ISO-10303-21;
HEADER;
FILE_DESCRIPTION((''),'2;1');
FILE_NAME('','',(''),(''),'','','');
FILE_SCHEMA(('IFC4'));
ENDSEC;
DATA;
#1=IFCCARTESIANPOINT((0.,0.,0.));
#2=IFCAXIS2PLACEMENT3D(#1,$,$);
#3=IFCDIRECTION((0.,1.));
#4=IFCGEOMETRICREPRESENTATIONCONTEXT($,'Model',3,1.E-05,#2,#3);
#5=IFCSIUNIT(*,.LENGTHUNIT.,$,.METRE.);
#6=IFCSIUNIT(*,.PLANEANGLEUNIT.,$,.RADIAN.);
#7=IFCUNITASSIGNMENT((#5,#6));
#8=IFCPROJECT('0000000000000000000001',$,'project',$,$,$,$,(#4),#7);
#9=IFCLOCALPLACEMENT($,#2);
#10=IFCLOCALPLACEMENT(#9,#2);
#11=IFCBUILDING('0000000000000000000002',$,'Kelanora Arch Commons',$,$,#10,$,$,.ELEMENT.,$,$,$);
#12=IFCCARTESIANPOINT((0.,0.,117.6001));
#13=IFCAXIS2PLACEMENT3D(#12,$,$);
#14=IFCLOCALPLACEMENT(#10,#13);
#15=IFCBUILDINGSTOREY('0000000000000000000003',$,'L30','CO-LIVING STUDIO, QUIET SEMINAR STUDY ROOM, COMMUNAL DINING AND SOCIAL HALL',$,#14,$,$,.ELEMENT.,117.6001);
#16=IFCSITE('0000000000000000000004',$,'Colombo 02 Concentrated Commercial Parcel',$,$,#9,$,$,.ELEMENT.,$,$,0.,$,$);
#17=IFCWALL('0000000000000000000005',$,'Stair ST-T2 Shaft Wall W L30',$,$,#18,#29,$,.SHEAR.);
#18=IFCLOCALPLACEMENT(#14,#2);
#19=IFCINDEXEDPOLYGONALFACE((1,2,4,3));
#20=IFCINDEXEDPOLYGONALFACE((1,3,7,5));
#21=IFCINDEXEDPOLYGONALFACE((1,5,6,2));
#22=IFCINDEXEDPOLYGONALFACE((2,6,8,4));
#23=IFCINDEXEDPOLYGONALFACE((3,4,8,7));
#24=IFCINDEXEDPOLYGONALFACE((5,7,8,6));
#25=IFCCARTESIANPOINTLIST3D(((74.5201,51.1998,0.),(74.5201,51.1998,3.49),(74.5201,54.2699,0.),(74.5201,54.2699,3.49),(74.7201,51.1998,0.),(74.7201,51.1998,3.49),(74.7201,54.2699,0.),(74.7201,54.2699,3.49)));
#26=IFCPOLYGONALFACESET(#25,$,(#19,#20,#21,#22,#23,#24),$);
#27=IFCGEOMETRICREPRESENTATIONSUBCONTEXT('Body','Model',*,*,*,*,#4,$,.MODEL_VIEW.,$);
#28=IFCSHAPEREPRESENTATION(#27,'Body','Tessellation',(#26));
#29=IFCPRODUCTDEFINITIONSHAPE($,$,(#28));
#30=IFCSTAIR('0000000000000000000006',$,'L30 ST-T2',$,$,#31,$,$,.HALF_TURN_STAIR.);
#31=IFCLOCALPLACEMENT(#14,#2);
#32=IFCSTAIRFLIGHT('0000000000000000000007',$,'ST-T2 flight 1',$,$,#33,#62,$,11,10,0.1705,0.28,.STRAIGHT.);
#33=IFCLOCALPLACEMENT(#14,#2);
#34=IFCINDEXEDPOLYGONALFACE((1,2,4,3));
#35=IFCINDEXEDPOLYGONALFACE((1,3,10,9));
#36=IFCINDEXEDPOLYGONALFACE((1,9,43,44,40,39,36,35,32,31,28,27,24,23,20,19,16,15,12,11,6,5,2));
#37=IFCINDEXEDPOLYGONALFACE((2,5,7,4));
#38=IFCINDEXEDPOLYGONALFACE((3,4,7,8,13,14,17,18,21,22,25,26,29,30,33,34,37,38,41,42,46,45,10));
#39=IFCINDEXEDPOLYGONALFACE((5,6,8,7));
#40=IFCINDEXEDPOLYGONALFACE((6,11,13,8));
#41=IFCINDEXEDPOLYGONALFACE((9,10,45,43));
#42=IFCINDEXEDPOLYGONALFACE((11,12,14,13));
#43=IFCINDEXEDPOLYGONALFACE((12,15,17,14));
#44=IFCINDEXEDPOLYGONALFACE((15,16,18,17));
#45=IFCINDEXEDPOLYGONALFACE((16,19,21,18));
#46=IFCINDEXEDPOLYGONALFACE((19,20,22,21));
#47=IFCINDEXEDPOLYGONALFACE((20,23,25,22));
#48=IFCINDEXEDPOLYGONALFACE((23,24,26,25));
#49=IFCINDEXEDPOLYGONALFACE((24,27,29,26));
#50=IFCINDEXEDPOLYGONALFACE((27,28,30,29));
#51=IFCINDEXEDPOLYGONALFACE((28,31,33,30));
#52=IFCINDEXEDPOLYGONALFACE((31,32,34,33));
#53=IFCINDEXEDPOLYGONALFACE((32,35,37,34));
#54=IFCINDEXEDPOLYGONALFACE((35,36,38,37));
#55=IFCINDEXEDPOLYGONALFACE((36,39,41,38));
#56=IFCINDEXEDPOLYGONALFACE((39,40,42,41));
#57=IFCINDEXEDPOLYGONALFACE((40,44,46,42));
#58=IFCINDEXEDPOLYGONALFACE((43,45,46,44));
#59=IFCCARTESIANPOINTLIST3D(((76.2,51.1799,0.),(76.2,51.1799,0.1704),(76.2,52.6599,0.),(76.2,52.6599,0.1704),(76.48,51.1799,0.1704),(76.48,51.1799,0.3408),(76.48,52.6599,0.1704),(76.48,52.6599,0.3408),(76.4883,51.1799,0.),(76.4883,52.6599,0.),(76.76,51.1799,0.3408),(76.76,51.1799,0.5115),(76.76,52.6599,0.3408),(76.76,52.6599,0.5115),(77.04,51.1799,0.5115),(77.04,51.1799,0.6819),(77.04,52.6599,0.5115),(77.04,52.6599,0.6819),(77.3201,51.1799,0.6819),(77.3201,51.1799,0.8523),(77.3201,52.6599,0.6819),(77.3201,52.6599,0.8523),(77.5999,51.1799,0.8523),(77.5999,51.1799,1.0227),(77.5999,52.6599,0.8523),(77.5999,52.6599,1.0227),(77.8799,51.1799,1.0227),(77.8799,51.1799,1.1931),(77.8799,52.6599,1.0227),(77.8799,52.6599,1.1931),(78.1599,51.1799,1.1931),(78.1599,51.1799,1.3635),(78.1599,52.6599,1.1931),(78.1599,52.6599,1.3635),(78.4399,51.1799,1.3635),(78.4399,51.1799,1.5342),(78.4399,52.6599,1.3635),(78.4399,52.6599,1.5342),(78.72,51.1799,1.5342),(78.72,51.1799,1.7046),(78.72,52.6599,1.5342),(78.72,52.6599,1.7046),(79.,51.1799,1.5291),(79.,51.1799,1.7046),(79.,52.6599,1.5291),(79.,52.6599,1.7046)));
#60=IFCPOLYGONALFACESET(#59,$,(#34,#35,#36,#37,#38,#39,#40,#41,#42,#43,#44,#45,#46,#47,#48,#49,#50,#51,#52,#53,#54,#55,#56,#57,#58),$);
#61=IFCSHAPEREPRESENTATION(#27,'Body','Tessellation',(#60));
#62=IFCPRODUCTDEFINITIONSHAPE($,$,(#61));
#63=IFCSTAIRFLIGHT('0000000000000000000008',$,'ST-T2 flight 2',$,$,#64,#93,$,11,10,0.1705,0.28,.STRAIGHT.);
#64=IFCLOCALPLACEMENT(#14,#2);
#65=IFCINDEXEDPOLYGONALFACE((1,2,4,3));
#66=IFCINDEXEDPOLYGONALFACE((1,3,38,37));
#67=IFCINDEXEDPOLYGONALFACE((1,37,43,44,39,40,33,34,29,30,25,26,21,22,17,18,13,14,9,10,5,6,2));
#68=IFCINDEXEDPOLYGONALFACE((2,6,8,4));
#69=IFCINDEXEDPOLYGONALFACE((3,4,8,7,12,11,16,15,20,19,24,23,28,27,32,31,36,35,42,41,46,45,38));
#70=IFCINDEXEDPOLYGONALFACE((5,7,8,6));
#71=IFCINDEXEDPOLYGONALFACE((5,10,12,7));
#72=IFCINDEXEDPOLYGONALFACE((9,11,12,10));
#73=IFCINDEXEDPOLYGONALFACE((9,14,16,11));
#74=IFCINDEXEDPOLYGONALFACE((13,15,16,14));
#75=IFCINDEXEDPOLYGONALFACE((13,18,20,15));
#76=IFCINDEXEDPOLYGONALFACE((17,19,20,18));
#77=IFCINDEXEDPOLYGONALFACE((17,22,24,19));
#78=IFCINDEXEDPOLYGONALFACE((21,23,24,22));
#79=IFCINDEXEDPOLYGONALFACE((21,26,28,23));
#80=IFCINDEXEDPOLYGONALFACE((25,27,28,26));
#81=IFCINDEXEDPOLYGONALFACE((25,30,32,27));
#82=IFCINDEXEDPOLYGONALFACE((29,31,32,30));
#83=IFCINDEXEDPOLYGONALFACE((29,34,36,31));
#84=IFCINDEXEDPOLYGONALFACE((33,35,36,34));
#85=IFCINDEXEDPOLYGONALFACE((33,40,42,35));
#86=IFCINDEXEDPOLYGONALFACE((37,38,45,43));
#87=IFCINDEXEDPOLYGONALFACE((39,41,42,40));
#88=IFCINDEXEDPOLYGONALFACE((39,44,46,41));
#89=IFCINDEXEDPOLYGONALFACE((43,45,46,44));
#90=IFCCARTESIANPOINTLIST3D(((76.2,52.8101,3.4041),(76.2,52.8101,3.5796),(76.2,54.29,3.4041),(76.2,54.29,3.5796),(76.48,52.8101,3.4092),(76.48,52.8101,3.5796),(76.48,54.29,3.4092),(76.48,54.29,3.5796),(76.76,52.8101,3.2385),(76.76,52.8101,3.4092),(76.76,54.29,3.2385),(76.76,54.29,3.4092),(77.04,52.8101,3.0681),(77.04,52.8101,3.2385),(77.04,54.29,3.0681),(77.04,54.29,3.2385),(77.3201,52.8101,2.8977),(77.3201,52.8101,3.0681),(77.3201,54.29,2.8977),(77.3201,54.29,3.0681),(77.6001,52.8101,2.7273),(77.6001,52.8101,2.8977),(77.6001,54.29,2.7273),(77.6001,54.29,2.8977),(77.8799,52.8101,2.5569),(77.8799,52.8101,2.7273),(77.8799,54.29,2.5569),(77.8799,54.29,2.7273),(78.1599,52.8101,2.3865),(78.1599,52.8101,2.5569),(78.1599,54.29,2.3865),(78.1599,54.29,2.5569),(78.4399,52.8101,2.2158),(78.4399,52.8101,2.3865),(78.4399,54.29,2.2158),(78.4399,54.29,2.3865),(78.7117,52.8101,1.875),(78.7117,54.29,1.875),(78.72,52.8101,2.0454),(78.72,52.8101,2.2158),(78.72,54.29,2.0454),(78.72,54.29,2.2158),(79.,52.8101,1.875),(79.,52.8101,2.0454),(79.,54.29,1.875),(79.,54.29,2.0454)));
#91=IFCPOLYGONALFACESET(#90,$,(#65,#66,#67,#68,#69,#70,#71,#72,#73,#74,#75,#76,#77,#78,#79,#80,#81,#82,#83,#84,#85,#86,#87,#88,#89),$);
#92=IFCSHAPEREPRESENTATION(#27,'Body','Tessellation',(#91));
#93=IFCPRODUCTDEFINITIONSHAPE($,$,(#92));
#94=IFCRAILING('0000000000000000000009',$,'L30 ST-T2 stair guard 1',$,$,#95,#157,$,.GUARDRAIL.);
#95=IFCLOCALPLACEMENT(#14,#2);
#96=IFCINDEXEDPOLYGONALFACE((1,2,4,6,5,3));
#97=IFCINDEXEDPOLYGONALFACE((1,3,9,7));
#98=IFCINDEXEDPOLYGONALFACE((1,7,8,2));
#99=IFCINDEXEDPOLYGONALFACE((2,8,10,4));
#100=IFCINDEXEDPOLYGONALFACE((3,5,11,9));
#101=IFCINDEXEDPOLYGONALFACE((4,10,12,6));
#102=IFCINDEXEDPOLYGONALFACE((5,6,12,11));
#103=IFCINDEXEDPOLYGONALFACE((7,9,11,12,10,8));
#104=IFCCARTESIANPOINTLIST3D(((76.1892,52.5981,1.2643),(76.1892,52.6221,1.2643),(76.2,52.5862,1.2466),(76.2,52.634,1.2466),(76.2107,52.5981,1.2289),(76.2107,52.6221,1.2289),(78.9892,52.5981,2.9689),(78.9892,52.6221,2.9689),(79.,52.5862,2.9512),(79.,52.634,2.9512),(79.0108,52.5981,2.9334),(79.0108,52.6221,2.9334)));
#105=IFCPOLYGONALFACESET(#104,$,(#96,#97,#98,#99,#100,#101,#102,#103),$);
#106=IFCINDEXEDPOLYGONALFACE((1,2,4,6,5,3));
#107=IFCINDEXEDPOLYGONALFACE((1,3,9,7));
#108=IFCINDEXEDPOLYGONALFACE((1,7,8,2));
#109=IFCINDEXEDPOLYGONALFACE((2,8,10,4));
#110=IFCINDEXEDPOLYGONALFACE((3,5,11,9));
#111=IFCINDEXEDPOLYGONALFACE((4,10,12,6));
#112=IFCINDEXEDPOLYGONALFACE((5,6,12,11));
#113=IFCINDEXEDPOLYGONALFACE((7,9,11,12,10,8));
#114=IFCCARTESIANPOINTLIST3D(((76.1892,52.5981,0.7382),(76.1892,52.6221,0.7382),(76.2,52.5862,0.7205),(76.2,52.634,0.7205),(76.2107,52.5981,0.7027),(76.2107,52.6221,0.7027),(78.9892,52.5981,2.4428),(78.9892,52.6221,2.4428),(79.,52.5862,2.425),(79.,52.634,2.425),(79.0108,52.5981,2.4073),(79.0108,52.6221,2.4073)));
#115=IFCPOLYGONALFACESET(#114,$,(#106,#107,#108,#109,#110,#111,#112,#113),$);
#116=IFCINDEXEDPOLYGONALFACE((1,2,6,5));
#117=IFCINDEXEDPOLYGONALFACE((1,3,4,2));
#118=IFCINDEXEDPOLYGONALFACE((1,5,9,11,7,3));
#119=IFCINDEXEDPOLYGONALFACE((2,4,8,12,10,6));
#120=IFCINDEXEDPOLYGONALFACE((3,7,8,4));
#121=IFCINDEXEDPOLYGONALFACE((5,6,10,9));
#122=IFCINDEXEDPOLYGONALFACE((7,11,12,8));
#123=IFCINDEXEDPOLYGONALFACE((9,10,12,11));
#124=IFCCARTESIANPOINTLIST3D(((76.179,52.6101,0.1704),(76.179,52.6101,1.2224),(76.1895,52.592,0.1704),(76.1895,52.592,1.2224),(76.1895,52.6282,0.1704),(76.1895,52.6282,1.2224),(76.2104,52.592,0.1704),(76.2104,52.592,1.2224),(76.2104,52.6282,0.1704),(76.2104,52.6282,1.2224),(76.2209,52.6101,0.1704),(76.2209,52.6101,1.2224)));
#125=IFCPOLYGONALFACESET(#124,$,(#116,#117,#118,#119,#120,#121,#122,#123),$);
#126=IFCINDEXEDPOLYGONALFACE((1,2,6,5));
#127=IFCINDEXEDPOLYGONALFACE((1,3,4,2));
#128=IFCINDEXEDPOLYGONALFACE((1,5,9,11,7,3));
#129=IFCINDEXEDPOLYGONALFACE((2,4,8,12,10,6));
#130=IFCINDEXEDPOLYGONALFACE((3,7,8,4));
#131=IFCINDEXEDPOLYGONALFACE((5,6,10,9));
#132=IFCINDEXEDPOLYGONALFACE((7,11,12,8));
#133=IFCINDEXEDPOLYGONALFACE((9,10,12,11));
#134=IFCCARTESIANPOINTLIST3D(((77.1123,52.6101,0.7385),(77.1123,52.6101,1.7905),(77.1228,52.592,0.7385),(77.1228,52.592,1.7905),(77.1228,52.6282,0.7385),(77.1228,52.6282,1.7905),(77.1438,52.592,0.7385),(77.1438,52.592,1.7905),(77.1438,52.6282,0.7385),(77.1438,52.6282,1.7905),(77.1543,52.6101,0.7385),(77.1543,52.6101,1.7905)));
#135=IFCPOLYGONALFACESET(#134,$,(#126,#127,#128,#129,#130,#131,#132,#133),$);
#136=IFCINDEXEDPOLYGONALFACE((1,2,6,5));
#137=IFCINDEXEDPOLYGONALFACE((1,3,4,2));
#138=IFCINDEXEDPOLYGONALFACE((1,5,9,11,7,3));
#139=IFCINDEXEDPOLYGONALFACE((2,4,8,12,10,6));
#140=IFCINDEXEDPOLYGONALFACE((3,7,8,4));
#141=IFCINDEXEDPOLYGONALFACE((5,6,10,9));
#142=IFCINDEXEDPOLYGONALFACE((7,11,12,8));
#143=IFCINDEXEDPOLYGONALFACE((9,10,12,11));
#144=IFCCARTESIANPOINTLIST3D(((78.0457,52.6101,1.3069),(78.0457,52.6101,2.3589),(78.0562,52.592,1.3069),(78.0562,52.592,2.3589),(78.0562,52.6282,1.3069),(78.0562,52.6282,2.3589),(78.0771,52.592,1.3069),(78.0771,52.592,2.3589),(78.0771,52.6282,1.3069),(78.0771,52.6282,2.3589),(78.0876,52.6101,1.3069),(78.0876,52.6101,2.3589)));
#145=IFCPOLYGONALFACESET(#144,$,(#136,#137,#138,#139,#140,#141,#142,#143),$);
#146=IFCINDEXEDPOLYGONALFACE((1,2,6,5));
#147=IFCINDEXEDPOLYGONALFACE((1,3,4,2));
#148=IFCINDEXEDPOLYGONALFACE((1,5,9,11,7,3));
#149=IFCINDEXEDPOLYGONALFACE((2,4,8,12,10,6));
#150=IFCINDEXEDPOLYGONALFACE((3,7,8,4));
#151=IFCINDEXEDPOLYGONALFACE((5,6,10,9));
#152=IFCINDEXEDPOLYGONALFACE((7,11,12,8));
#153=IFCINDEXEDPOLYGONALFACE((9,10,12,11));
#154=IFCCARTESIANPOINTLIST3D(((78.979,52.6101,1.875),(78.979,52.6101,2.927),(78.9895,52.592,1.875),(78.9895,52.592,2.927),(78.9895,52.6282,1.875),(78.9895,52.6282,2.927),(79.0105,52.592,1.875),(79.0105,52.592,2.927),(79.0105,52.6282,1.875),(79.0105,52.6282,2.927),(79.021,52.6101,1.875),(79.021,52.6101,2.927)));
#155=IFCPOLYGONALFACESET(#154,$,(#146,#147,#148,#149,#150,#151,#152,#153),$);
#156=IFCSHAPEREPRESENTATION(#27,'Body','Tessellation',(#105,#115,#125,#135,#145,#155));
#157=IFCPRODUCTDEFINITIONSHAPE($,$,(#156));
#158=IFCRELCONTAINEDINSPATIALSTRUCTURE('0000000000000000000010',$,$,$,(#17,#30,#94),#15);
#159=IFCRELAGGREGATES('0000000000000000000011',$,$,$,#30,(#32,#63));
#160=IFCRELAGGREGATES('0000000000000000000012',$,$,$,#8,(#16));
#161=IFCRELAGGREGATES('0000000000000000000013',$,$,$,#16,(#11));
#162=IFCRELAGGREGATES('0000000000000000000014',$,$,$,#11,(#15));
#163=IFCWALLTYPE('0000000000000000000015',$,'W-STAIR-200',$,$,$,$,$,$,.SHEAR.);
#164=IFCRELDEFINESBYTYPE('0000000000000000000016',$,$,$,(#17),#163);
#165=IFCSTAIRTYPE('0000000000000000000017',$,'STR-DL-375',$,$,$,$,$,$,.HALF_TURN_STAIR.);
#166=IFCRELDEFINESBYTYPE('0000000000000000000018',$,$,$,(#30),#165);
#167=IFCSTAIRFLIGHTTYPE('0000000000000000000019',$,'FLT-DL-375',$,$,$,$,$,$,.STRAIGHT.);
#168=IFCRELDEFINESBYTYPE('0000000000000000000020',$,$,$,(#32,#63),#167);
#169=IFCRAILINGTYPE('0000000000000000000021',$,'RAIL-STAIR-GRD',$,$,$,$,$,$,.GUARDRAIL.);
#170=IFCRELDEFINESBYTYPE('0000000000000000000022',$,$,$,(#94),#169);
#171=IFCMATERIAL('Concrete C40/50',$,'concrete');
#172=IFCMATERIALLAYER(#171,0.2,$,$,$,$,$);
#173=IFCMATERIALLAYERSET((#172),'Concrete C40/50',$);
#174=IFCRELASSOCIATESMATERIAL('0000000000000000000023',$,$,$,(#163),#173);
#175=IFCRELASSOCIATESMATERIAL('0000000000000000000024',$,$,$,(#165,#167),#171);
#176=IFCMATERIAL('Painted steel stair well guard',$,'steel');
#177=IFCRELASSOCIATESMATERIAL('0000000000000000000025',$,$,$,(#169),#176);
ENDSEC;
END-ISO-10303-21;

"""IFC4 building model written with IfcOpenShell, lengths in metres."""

from ifc_helpers import new_model, si_unit, direction, frame, frame_2d, origin, place, context, subcontext, project, spatial, polyline, rectangle, outline, extrude, material, layer, layer_set, type_object, element, aggregate, save


model = new_model("IFC4")

# Units and contexts
model_context = context("Model", 3, precision=1e-05, world=origin(), true_north=direction((0.0, 1.0)))
body_context = subcontext(model_context, "Body", "Model", "MODEL_VIEW")
ifc_project = project(units=[si_unit("LENGTHUNIT", "METRE"), si_unit("PLANEANGLEUNIT", "RADIAN")], contexts=[model_context])

# Site, building, storey
site_placement = place(None, origin())
site = spatial("IfcSite", under=ifc_project, at=site_placement, Name="Colombo 02 Concentrated Commercial Parcel", CompositionType="ELEMENT", RefElevation=0.0)
building_placement = place(site_placement, origin())
building = spatial("IfcBuilding", under=site, at=building_placement, Name="Kelanora Arch Commons", CompositionType="ELEMENT")
storey_placement = place(building_placement, frame((0.0, 0.0, 117.6001)))
storey = spatial("IfcBuildingStorey", under=building, at=storey_placement, Name="L30", Description="CO-LIVING STUDIO, QUIET SEMINAR STUDY ROOM, COMMUNAL DINING AND SOCIAL HALL", CompositionType="ELEMENT", Elevation=117.6001)

# Shared definitions
ifc_material_1 = material(Name="Concrete C40/50", Category="concrete")
ifc_layer_1 = layer(ifc_material_1, 0.2)
ifc_layer_set_1 = layer_set([ifc_layer_1], Name="Concrete C40/50")
wall_type_1 = type_object("IfcWallType", Name="W-STAIR-200", PredefinedType="SHEAR", material=ifc_layer_set_1)

# Wall
wall_1_placement = place(storey_placement, frame((74.6201, 54.27, 0.0), z_axis=(0.0, 0.0, 1.0), x_axis=(0.0, -1.0, 0.0)))
element("IfcWall", 1, at=wall_1_placement, inside=storey, type_object=wall_type_1, Name="Stair ST-T2 Shaft Wall W L30", PredefinedType="SHEAR", context=body_context, shape_type="SweptSolid", body=[
    extrude(rectangle(XDim=3.0701, YDim=0.2, at=frame_2d((1.5352, 0.0))), origin(), (0.0, 0.0, 1.0), 3.49),
])

# Stair, stair flights
stair_type = type_object("IfcStairType", Name="STR-DL-375", PredefinedType="HALF_TURN_STAIR", material=ifc_material_1)
stair_placement = place(storey_placement, origin())
stair = element("IfcStair", 2, at=stair_placement, inside=storey, type_object=stair_type, Name="L30 ST-T2", PredefinedType="HALF_TURN_STAIR")
stair_flight_type = type_object("IfcStairFlightType", Name="FLT-DL-375", PredefinedType="STRAIGHT", material=ifc_material_1)
stair_flight_1_placement = place(storey_placement, frame((76.2, 51.9199, 0.0), z_axis=(0.0, 0.0, 1.0), x_axis=(1.0, 0.0, 0.0)))
stair_flight_1 = element("IfcStairFlight", 3, at=stair_flight_1_placement, type_object=stair_flight_type, Name="ST-T2 flight 1", NumberOfRisers=11, NumberOfTreads=10, PredefinedType="STRAIGHT", RiserHeight=0.1705, TreadLength=0.28, context=body_context, shape_type="SweptSolid", body=[
    extrude(outline(polyline([(0.0, 0.0), (0.0, 0.1704), (0.28, 0.1704), (0.28, 0.3408), (0.5601, 0.3408), (0.5601, 0.5115), (0.8401, 0.5115), (0.8401, 0.6819), (1.1201, 0.6819), (1.1201, 0.8523), (1.3999, 0.8523), (1.3999, 1.0227), (1.6799, 1.0227), (1.6799, 1.1931), (1.96, 1.1931), (1.96, 1.3635), (2.24, 1.3635), (2.24, 1.5342), (2.52, 1.5342), (2.52, 1.7046), (2.8, 1.7046), (2.8, 1.875), (2.8, 1.5291), (0.2883, 0.0), (0.0, 0.0)])), frame((0.0, 0.74, 0.0), z_axis=(0.0, -1.0, 0.0), x_axis=(1.0, 0.0, 0.0)), (0.0, 0.0, 1.0), 1.48),
])
stair_flight_2_placement = place(storey_placement, frame((79.0, 53.55, 1.875), z_axis=(0.0, 0.0, 1.0), x_axis=(-1.0, 0.0, 0.0)))
stair_flight_2 = element("IfcStairFlight", 4, at=stair_flight_2_placement, type_object=stair_flight_type, Name="ST-T2 flight 2", NumberOfRisers=11, NumberOfTreads=10, PredefinedType="STRAIGHT", RiserHeight=0.1705, TreadLength=0.28, context=body_context, shape_type="SweptSolid", body=[
    extrude(outline(polyline([(0.0, 0.0), (0.0, 0.1704), (0.28, 0.1704), (0.28, 0.3408), (0.5601, 0.3408), (0.5601, 0.5115), (0.8401, 0.5115), (0.8401, 0.6819), (1.1201, 0.6819), (1.1201, 0.8523), (1.3999, 0.8523), (1.3999, 1.0227), (1.6799, 1.0227), (1.6799, 1.1931), (1.96, 1.1931), (1.96, 1.3635), (2.24, 1.3635), (2.24, 1.5342), (2.52, 1.5342), (2.52, 1.7046), (2.8, 1.7046), (2.8, 1.875), (2.8, 1.5291), (0.2883, 0.0), (0.0, 0.0)])), frame((0.0, 0.74, 0.0), z_axis=(0.0, -1.0, 0.0), x_axis=(1.0, 0.0, 0.0)), (0.0, 0.0, 1.0), 1.48),
])
aggregate(stair, [stair_flight_1, stair_flight_2])

# Railing
ifc_material_2 = material(Name="Painted steel stair well guard", Category="steel")
railing_type_1 = type_object("IfcRailingType", Name="RAIL-STAIR-GRD", PredefinedType="GUARDRAIL", material=ifc_material_2)
railing_1_placement = place(storey_placement, frame((76.2, 52.6101, 0.1704)))
element("IfcRailing", 5, at=railing_1_placement, inside=storey, type_object=railing_type_1, Name="L30 ST-T2 stair guard 1", PredefinedType="GUARDRAIL", context=body_context, shape_type="SweptSolid", body=[
    extrude(outline(polyline([(0.0239, 0.0), (0.012, 0.0208), (-0.012, 0.0208), (-0.0239, 0.0), (-0.012, -0.0208), (0.012, -0.0208), (0.0239, 0.0)])), frame((0.0, 0.0, 1.0762), z_axis=(0.85417, 0.0, 0.519994), x_axis=(0.0, 1.0, 0.0)), (0.0, 0.0, 1.0), 3.2781),
    extrude(outline(polyline([(0.0239, 0.0), (0.012, 0.0208), (-0.012, 0.0208), (-0.0239, 0.0), (-0.012, -0.0208), (0.012, -0.0208), (0.0239, 0.0)])), frame((0.0, 0.0, 0.55), z_axis=(0.85417, 0.0, 0.519994), x_axis=(0.0, 1.0, 0.0)), (0.0, 0.0, 1.0), 3.2781),
    extrude(outline(polyline([(0.021, 0.0), (0.0105, 0.0181), (-0.0105, 0.0181), (-0.021, 0.0), (-0.0105, -0.0181), (0.0105, -0.0181), (0.021, 0.0)])), origin(), (0.0, 0.0, 1.0), 1.052),
    extrude(outline(polyline([(0.021, 0.0), (0.0105, 0.0181), (-0.0105, 0.0181), (-0.021, 0.0), (-0.0105, -0.0181), (0.0105, -0.0181), (0.021, 0.0)])), frame((0.9333, 0.0, 0.5681)), (0.0, 0.0, 1.0), 1.052),
    extrude(outline(polyline([(0.021, 0.0), (0.0105, 0.0181), (-0.0105, 0.0181), (-0.021, 0.0), (-0.0105, -0.0181), (0.0105, -0.0181), (0.021, 0.0)])), frame((1.8667, 0.0, 1.1365)), (0.0, 0.0, 1.0), 1.052),
    extrude(outline(polyline([(0.021, 0.0), (0.0105, 0.0181), (-0.0105, 0.0181), (-0.021, 0.0), (-0.0105, -0.0181), (0.0105, -0.0181), (0.021, 0.0)])), frame((2.8, 0.0, 1.7046)), (0.0, 0.0, 1.0), 1.052),
])

save(model, "model.ifc")
